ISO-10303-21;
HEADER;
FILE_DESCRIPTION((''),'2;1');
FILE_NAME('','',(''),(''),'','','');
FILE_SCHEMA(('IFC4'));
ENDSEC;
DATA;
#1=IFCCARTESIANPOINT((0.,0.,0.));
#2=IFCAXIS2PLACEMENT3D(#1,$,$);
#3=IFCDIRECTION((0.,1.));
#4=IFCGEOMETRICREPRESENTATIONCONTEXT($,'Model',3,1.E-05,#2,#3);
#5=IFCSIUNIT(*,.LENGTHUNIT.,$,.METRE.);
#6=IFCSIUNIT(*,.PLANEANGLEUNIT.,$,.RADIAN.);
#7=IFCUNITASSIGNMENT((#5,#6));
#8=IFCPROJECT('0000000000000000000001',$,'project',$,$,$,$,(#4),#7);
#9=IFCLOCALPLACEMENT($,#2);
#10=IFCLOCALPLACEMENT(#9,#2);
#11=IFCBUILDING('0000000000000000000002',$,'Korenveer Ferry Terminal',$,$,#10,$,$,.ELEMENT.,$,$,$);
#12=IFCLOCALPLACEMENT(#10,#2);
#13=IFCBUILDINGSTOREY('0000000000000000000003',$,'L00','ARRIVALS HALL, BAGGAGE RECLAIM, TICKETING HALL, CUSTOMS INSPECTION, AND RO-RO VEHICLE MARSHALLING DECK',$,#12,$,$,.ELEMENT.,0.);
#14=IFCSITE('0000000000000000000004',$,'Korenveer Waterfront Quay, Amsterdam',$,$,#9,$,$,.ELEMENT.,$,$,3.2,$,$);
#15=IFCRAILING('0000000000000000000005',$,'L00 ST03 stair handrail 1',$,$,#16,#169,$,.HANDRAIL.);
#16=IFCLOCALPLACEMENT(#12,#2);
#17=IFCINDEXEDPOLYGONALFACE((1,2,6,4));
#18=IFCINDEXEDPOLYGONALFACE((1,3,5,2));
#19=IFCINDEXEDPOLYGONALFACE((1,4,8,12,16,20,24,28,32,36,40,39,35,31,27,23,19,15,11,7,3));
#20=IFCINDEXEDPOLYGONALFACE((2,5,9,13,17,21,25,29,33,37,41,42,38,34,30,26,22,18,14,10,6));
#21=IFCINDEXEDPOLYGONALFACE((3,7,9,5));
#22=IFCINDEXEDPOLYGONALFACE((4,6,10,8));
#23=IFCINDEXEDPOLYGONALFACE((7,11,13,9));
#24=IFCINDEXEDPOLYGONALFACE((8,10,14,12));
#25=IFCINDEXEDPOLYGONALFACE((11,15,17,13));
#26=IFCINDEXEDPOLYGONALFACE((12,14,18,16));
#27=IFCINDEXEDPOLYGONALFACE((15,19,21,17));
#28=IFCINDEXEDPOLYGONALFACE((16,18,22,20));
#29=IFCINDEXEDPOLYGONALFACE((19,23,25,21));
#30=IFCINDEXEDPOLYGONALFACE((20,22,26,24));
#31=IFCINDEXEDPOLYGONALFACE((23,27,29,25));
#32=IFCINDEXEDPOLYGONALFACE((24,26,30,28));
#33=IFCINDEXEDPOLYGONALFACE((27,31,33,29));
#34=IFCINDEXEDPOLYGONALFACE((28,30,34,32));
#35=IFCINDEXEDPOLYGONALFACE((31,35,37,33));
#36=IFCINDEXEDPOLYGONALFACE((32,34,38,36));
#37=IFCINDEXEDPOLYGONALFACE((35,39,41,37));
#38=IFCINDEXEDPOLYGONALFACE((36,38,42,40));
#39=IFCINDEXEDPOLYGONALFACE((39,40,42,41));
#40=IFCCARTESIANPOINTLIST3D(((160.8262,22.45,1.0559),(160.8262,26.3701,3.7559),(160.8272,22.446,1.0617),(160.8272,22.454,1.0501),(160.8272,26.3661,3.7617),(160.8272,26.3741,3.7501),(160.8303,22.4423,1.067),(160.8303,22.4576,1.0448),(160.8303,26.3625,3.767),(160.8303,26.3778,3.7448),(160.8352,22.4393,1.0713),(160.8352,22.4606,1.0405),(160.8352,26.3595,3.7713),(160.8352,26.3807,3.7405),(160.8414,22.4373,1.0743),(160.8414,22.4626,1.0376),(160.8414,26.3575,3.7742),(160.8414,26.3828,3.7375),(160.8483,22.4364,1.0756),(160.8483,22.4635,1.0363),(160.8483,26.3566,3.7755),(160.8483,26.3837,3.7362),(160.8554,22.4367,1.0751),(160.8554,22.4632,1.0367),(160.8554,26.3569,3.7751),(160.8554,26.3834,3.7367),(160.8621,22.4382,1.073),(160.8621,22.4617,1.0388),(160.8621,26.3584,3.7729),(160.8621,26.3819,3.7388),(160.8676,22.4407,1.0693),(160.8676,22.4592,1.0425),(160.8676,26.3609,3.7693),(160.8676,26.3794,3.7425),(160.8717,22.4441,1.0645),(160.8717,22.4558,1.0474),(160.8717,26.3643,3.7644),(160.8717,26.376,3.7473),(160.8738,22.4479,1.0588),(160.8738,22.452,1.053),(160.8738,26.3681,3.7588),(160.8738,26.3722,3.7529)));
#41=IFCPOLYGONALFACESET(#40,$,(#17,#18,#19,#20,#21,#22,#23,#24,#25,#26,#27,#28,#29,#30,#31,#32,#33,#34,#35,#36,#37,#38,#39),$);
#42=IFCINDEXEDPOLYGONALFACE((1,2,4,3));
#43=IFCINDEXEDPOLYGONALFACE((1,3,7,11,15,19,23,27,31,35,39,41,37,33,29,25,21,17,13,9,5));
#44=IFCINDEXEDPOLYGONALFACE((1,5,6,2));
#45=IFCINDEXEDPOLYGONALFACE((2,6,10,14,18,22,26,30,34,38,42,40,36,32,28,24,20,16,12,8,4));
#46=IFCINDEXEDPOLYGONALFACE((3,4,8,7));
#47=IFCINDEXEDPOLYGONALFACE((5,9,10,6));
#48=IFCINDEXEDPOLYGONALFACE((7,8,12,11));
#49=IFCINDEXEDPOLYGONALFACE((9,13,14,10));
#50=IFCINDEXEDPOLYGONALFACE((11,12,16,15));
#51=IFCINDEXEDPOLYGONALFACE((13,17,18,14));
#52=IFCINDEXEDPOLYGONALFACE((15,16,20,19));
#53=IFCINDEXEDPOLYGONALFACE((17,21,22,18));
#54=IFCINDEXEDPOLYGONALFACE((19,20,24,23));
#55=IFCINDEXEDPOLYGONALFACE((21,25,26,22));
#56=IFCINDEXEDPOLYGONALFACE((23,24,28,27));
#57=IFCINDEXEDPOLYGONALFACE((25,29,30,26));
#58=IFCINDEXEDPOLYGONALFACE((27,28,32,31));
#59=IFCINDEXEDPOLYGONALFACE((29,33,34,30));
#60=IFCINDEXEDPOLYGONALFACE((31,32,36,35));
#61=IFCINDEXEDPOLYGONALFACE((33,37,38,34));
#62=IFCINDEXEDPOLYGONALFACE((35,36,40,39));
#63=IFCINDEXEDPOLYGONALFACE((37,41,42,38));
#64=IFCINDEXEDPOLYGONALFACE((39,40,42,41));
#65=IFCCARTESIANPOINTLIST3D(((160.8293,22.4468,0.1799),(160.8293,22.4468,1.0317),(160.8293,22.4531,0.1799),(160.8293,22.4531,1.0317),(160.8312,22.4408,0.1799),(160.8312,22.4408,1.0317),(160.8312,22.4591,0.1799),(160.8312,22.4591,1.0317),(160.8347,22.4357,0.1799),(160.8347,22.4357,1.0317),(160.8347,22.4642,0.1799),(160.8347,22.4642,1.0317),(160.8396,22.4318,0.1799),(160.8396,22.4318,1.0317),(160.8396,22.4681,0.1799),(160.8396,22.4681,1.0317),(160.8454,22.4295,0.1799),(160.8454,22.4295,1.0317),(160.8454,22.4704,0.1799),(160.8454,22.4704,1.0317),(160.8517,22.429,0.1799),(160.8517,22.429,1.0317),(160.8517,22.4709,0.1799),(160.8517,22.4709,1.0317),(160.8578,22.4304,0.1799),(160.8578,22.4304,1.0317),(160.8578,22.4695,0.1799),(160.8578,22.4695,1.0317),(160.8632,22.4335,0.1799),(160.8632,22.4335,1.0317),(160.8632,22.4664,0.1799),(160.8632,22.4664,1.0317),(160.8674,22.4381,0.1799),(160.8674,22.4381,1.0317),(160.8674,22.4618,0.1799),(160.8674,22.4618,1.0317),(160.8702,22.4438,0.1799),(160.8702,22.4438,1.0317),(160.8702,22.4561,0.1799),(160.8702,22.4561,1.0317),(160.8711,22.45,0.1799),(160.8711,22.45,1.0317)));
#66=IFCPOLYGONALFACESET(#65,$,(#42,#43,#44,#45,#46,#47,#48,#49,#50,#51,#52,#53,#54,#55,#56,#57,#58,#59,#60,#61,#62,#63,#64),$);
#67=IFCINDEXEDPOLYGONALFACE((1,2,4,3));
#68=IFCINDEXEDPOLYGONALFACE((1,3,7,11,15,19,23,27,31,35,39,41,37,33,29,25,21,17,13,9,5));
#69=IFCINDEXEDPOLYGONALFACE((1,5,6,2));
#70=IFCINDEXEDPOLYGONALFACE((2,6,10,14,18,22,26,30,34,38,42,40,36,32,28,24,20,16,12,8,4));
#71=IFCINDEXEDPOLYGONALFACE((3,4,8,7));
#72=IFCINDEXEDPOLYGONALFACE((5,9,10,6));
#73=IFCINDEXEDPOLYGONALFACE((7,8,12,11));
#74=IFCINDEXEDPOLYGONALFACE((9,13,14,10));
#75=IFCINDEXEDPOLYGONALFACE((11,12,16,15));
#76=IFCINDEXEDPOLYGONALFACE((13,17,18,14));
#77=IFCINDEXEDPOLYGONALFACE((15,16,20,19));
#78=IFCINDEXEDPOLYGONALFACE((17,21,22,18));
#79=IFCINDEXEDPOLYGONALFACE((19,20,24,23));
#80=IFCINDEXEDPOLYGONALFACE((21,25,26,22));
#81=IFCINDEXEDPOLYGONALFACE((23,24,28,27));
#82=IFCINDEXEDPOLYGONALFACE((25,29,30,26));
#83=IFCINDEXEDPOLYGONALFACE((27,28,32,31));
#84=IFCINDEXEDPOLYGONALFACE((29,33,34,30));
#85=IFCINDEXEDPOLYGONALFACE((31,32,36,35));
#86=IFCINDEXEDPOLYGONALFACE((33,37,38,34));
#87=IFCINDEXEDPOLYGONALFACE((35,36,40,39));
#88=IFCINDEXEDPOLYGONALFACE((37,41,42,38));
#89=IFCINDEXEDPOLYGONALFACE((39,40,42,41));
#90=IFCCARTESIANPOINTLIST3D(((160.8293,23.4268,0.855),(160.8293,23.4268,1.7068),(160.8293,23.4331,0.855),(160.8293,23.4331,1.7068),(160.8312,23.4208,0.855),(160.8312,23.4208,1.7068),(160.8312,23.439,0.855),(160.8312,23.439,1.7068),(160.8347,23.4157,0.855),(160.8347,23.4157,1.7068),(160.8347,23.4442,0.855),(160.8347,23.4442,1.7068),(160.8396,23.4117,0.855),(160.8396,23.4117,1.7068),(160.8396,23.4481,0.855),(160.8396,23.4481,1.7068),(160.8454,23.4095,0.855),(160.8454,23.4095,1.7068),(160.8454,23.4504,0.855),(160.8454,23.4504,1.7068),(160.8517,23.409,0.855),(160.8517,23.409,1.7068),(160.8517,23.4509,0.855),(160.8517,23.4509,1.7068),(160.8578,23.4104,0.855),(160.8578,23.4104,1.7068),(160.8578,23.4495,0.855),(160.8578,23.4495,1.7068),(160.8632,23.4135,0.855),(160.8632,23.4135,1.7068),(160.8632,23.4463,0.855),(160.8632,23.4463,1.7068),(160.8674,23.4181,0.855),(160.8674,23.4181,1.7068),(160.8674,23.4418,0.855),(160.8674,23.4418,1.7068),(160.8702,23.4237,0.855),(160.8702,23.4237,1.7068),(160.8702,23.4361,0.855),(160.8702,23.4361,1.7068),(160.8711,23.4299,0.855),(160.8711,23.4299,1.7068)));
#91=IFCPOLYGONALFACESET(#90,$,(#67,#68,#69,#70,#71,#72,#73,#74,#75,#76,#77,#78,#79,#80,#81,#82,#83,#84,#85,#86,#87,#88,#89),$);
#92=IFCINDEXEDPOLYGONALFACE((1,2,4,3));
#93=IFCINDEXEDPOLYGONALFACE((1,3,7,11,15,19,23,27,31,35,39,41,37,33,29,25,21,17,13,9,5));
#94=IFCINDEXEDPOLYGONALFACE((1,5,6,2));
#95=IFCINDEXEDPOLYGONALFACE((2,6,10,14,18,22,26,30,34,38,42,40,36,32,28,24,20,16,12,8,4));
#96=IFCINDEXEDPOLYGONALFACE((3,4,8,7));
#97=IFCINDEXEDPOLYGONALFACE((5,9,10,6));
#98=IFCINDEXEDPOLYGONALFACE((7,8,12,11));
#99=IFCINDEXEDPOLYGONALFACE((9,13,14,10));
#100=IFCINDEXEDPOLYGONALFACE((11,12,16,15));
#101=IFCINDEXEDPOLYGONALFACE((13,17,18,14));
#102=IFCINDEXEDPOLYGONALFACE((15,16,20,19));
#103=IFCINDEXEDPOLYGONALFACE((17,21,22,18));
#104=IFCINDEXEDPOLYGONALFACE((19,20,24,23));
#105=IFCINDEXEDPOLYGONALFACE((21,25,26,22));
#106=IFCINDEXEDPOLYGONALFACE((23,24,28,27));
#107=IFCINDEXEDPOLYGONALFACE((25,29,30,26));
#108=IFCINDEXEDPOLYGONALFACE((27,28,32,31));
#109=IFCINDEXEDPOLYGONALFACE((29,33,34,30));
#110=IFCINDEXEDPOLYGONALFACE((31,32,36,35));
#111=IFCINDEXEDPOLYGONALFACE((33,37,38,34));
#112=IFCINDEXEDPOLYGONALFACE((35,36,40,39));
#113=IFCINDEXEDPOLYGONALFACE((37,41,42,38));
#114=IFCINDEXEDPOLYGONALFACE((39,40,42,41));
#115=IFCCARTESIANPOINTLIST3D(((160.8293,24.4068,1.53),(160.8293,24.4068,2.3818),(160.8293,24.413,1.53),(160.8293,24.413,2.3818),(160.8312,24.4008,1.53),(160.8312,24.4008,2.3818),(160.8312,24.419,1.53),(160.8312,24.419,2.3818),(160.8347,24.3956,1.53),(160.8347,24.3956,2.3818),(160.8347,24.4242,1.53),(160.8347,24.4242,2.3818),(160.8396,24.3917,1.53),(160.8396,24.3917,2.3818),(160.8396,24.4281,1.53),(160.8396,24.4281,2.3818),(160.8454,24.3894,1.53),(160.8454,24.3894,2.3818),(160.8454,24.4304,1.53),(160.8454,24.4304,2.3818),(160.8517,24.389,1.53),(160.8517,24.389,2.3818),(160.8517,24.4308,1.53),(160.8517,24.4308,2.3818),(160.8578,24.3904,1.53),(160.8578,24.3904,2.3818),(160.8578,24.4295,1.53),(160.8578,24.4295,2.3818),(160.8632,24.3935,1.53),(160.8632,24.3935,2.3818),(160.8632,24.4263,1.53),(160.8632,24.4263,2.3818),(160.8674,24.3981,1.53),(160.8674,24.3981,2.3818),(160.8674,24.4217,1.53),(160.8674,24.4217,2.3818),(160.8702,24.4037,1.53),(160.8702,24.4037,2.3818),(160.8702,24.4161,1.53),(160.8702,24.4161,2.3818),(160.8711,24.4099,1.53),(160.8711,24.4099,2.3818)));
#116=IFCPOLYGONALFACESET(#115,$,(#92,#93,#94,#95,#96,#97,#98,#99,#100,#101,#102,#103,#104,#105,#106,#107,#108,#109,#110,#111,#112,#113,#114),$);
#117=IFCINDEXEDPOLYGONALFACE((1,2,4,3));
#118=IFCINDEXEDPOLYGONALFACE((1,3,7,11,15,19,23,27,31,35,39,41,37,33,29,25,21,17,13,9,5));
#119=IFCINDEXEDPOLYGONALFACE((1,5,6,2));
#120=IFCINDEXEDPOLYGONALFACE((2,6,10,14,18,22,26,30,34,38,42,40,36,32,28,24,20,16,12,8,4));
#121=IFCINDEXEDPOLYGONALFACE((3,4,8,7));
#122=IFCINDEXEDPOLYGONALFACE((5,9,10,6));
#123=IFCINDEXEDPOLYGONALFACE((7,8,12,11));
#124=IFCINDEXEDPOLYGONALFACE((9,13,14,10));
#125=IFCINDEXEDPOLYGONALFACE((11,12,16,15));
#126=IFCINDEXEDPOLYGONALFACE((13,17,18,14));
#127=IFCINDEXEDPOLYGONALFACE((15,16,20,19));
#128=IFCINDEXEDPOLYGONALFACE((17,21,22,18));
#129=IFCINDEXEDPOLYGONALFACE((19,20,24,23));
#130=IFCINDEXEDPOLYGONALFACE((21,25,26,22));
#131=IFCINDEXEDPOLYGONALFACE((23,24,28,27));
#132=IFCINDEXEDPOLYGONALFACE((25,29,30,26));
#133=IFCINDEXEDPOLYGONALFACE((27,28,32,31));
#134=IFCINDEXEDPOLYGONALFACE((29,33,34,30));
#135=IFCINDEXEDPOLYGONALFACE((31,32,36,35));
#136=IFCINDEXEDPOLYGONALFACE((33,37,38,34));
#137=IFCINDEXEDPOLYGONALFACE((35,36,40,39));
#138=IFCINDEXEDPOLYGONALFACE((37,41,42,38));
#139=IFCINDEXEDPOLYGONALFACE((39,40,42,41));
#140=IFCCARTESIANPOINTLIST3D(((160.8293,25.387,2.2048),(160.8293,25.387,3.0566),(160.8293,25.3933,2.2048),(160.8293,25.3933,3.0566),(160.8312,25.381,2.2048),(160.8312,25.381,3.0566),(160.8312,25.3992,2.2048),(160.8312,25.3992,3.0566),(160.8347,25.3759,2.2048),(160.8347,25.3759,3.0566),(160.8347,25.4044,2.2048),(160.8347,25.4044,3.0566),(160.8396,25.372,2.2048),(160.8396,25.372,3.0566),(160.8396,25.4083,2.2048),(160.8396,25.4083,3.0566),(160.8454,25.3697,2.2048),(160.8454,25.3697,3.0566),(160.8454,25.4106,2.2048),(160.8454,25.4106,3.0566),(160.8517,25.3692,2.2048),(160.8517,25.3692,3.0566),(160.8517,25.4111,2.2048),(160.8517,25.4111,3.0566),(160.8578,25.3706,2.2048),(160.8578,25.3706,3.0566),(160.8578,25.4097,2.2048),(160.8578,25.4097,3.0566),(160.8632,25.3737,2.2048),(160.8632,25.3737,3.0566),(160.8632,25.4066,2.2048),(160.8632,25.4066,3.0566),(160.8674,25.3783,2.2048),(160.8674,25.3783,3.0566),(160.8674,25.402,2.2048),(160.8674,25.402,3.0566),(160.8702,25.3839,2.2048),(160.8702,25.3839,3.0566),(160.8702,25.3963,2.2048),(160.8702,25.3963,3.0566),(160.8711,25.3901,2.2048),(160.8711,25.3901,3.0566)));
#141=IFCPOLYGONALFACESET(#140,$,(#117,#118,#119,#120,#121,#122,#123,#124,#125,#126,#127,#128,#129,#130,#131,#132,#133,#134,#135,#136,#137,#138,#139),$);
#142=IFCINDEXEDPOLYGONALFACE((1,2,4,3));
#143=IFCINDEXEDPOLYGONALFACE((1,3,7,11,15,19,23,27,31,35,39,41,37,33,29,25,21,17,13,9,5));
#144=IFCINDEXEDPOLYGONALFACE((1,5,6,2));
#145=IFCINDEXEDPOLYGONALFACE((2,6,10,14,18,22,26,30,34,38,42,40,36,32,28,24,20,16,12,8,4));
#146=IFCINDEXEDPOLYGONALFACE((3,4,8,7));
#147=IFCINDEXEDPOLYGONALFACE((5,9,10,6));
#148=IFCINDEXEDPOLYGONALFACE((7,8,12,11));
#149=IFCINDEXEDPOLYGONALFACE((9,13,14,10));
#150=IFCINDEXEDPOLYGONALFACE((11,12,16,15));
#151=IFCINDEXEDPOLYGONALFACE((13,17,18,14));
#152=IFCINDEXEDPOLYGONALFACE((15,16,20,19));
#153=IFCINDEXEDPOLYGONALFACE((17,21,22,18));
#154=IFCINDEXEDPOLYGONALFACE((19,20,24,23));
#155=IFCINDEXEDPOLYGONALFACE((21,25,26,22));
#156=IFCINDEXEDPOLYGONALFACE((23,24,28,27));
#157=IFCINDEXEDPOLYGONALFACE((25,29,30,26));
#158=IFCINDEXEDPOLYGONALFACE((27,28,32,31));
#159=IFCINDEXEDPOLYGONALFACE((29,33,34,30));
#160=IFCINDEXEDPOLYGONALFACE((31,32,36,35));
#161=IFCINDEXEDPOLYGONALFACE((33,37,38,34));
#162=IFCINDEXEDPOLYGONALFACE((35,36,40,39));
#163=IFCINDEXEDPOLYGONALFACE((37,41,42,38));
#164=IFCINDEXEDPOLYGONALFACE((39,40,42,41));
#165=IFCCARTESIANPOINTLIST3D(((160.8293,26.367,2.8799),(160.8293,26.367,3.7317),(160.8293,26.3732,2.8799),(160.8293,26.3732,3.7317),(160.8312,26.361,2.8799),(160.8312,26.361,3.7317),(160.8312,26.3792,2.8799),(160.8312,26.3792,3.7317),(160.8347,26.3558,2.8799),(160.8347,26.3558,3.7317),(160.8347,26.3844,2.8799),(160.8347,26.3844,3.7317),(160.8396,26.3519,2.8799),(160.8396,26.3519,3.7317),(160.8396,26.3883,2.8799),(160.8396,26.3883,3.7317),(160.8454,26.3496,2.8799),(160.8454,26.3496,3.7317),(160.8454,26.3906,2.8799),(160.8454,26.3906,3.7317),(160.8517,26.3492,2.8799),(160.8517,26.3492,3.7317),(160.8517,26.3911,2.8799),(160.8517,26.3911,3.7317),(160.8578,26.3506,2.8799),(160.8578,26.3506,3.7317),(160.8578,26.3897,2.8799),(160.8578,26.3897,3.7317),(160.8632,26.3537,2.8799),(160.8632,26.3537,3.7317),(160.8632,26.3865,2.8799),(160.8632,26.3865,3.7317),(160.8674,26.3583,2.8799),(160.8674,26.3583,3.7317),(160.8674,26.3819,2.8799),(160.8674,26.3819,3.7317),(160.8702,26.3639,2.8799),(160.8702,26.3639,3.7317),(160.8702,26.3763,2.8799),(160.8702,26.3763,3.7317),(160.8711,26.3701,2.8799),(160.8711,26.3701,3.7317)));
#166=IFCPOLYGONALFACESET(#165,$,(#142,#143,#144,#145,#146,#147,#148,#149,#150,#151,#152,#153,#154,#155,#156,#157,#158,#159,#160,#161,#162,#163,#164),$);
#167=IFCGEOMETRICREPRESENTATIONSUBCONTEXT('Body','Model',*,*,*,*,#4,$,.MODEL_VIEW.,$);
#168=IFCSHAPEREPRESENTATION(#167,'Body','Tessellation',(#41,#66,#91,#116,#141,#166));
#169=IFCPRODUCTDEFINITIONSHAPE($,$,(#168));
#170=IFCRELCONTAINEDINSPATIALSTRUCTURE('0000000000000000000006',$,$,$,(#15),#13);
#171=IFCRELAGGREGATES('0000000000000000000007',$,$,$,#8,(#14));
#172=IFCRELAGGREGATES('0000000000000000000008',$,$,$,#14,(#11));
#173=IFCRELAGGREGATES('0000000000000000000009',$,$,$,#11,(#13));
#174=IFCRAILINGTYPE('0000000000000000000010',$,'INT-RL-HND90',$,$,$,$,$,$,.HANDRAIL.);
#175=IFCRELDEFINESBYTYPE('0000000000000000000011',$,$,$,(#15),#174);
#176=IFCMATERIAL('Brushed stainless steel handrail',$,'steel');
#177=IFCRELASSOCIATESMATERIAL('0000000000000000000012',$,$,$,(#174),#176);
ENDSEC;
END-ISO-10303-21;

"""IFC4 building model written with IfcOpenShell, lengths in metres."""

from ifc_helpers import new_model, si_unit, direction, frame, origin, origin_2d, place, context, subcontext, project, spatial, circle, extrude, material, type_object, element, save


model = new_model("IFC4")

# Units and contexts
model_context = context("Model", 3, precision=1e-05, world=origin(), true_north=direction((0.0, 1.0)))
body_context = subcontext(model_context, "Body", "Model", "MODEL_VIEW")
ifc_project = project(units=[si_unit("LENGTHUNIT", "METRE"), si_unit("PLANEANGLEUNIT", "RADIAN")], contexts=[model_context])

# Site, building, storey
site_placement = place(None, origin())
site = spatial("IfcSite", under=ifc_project, at=site_placement, Name="Korenveer Waterfront Quay, Amsterdam", CompositionType="ELEMENT", RefElevation=3.2)
building_placement = place(site_placement, origin())
building = spatial("IfcBuilding", under=site, at=building_placement, Name="Korenveer Ferry Terminal", CompositionType="ELEMENT")
storey_placement = place(building_placement, origin())
storey = spatial("IfcBuildingStorey", under=building, at=storey_placement, Name="L00", Description="ARRIVALS HALL, BAGGAGE RECLAIM, TICKETING HALL, CUSTOMS INSPECTION, AND RO-RO VEHICLE MARSHALLING DECK", CompositionType="ELEMENT", Elevation=0.0)

# Railing
ifc_material_1 = material(Name="Brushed stainless steel handrail", Category="steel")
railing_type_1 = type_object("IfcRailingType", Name="INT-RL-HND90", PredefinedType="HANDRAIL", material=ifc_material_1)
railing_1_placement = place(storey_placement, frame((160.8501, 22.45, 0.1799)))
element("IfcRailing", 1, at=railing_1_placement, inside=storey, type_object=railing_type_1, Name="L00 ST03 stair handrail 1", PredefinedType="HANDRAIL", context=body_context, shape_type="SweptSolid", body=[
    extrude(circle(Radius=0.0239, at=origin_2d()), frame((0.0, 0.0, 0.876), z_axis=(0.0, 0.823567, 0.567219), x_axis=(-1.0, 0.0, 0.0)), (0.0, 0.0, 1.0), 4.76),
    extrude(circle(Radius=0.021, at=origin_2d()), origin(), (0.0, 0.0, 1.0), 0.8518),
    extrude(circle(Radius=0.021, at=origin_2d()), frame((0.0, 0.98, 0.675)), (0.0, 0.0, 1.0), 0.8518),
    extrude(circle(Radius=0.021, at=origin_2d()), frame((0.0, 1.96, 1.3501)), (0.0, 0.0, 1.0), 0.8518),
    extrude(circle(Radius=0.021, at=origin_2d()), frame((0.0, 2.9402, 2.0249)), (0.0, 0.0, 1.0), 0.8518),
    extrude(circle(Radius=0.021, at=origin_2d()), frame((0.0, 3.9202, 2.7)), (0.0, 0.0, 1.0), 0.8518),
])

save(model, "model.ifc")
